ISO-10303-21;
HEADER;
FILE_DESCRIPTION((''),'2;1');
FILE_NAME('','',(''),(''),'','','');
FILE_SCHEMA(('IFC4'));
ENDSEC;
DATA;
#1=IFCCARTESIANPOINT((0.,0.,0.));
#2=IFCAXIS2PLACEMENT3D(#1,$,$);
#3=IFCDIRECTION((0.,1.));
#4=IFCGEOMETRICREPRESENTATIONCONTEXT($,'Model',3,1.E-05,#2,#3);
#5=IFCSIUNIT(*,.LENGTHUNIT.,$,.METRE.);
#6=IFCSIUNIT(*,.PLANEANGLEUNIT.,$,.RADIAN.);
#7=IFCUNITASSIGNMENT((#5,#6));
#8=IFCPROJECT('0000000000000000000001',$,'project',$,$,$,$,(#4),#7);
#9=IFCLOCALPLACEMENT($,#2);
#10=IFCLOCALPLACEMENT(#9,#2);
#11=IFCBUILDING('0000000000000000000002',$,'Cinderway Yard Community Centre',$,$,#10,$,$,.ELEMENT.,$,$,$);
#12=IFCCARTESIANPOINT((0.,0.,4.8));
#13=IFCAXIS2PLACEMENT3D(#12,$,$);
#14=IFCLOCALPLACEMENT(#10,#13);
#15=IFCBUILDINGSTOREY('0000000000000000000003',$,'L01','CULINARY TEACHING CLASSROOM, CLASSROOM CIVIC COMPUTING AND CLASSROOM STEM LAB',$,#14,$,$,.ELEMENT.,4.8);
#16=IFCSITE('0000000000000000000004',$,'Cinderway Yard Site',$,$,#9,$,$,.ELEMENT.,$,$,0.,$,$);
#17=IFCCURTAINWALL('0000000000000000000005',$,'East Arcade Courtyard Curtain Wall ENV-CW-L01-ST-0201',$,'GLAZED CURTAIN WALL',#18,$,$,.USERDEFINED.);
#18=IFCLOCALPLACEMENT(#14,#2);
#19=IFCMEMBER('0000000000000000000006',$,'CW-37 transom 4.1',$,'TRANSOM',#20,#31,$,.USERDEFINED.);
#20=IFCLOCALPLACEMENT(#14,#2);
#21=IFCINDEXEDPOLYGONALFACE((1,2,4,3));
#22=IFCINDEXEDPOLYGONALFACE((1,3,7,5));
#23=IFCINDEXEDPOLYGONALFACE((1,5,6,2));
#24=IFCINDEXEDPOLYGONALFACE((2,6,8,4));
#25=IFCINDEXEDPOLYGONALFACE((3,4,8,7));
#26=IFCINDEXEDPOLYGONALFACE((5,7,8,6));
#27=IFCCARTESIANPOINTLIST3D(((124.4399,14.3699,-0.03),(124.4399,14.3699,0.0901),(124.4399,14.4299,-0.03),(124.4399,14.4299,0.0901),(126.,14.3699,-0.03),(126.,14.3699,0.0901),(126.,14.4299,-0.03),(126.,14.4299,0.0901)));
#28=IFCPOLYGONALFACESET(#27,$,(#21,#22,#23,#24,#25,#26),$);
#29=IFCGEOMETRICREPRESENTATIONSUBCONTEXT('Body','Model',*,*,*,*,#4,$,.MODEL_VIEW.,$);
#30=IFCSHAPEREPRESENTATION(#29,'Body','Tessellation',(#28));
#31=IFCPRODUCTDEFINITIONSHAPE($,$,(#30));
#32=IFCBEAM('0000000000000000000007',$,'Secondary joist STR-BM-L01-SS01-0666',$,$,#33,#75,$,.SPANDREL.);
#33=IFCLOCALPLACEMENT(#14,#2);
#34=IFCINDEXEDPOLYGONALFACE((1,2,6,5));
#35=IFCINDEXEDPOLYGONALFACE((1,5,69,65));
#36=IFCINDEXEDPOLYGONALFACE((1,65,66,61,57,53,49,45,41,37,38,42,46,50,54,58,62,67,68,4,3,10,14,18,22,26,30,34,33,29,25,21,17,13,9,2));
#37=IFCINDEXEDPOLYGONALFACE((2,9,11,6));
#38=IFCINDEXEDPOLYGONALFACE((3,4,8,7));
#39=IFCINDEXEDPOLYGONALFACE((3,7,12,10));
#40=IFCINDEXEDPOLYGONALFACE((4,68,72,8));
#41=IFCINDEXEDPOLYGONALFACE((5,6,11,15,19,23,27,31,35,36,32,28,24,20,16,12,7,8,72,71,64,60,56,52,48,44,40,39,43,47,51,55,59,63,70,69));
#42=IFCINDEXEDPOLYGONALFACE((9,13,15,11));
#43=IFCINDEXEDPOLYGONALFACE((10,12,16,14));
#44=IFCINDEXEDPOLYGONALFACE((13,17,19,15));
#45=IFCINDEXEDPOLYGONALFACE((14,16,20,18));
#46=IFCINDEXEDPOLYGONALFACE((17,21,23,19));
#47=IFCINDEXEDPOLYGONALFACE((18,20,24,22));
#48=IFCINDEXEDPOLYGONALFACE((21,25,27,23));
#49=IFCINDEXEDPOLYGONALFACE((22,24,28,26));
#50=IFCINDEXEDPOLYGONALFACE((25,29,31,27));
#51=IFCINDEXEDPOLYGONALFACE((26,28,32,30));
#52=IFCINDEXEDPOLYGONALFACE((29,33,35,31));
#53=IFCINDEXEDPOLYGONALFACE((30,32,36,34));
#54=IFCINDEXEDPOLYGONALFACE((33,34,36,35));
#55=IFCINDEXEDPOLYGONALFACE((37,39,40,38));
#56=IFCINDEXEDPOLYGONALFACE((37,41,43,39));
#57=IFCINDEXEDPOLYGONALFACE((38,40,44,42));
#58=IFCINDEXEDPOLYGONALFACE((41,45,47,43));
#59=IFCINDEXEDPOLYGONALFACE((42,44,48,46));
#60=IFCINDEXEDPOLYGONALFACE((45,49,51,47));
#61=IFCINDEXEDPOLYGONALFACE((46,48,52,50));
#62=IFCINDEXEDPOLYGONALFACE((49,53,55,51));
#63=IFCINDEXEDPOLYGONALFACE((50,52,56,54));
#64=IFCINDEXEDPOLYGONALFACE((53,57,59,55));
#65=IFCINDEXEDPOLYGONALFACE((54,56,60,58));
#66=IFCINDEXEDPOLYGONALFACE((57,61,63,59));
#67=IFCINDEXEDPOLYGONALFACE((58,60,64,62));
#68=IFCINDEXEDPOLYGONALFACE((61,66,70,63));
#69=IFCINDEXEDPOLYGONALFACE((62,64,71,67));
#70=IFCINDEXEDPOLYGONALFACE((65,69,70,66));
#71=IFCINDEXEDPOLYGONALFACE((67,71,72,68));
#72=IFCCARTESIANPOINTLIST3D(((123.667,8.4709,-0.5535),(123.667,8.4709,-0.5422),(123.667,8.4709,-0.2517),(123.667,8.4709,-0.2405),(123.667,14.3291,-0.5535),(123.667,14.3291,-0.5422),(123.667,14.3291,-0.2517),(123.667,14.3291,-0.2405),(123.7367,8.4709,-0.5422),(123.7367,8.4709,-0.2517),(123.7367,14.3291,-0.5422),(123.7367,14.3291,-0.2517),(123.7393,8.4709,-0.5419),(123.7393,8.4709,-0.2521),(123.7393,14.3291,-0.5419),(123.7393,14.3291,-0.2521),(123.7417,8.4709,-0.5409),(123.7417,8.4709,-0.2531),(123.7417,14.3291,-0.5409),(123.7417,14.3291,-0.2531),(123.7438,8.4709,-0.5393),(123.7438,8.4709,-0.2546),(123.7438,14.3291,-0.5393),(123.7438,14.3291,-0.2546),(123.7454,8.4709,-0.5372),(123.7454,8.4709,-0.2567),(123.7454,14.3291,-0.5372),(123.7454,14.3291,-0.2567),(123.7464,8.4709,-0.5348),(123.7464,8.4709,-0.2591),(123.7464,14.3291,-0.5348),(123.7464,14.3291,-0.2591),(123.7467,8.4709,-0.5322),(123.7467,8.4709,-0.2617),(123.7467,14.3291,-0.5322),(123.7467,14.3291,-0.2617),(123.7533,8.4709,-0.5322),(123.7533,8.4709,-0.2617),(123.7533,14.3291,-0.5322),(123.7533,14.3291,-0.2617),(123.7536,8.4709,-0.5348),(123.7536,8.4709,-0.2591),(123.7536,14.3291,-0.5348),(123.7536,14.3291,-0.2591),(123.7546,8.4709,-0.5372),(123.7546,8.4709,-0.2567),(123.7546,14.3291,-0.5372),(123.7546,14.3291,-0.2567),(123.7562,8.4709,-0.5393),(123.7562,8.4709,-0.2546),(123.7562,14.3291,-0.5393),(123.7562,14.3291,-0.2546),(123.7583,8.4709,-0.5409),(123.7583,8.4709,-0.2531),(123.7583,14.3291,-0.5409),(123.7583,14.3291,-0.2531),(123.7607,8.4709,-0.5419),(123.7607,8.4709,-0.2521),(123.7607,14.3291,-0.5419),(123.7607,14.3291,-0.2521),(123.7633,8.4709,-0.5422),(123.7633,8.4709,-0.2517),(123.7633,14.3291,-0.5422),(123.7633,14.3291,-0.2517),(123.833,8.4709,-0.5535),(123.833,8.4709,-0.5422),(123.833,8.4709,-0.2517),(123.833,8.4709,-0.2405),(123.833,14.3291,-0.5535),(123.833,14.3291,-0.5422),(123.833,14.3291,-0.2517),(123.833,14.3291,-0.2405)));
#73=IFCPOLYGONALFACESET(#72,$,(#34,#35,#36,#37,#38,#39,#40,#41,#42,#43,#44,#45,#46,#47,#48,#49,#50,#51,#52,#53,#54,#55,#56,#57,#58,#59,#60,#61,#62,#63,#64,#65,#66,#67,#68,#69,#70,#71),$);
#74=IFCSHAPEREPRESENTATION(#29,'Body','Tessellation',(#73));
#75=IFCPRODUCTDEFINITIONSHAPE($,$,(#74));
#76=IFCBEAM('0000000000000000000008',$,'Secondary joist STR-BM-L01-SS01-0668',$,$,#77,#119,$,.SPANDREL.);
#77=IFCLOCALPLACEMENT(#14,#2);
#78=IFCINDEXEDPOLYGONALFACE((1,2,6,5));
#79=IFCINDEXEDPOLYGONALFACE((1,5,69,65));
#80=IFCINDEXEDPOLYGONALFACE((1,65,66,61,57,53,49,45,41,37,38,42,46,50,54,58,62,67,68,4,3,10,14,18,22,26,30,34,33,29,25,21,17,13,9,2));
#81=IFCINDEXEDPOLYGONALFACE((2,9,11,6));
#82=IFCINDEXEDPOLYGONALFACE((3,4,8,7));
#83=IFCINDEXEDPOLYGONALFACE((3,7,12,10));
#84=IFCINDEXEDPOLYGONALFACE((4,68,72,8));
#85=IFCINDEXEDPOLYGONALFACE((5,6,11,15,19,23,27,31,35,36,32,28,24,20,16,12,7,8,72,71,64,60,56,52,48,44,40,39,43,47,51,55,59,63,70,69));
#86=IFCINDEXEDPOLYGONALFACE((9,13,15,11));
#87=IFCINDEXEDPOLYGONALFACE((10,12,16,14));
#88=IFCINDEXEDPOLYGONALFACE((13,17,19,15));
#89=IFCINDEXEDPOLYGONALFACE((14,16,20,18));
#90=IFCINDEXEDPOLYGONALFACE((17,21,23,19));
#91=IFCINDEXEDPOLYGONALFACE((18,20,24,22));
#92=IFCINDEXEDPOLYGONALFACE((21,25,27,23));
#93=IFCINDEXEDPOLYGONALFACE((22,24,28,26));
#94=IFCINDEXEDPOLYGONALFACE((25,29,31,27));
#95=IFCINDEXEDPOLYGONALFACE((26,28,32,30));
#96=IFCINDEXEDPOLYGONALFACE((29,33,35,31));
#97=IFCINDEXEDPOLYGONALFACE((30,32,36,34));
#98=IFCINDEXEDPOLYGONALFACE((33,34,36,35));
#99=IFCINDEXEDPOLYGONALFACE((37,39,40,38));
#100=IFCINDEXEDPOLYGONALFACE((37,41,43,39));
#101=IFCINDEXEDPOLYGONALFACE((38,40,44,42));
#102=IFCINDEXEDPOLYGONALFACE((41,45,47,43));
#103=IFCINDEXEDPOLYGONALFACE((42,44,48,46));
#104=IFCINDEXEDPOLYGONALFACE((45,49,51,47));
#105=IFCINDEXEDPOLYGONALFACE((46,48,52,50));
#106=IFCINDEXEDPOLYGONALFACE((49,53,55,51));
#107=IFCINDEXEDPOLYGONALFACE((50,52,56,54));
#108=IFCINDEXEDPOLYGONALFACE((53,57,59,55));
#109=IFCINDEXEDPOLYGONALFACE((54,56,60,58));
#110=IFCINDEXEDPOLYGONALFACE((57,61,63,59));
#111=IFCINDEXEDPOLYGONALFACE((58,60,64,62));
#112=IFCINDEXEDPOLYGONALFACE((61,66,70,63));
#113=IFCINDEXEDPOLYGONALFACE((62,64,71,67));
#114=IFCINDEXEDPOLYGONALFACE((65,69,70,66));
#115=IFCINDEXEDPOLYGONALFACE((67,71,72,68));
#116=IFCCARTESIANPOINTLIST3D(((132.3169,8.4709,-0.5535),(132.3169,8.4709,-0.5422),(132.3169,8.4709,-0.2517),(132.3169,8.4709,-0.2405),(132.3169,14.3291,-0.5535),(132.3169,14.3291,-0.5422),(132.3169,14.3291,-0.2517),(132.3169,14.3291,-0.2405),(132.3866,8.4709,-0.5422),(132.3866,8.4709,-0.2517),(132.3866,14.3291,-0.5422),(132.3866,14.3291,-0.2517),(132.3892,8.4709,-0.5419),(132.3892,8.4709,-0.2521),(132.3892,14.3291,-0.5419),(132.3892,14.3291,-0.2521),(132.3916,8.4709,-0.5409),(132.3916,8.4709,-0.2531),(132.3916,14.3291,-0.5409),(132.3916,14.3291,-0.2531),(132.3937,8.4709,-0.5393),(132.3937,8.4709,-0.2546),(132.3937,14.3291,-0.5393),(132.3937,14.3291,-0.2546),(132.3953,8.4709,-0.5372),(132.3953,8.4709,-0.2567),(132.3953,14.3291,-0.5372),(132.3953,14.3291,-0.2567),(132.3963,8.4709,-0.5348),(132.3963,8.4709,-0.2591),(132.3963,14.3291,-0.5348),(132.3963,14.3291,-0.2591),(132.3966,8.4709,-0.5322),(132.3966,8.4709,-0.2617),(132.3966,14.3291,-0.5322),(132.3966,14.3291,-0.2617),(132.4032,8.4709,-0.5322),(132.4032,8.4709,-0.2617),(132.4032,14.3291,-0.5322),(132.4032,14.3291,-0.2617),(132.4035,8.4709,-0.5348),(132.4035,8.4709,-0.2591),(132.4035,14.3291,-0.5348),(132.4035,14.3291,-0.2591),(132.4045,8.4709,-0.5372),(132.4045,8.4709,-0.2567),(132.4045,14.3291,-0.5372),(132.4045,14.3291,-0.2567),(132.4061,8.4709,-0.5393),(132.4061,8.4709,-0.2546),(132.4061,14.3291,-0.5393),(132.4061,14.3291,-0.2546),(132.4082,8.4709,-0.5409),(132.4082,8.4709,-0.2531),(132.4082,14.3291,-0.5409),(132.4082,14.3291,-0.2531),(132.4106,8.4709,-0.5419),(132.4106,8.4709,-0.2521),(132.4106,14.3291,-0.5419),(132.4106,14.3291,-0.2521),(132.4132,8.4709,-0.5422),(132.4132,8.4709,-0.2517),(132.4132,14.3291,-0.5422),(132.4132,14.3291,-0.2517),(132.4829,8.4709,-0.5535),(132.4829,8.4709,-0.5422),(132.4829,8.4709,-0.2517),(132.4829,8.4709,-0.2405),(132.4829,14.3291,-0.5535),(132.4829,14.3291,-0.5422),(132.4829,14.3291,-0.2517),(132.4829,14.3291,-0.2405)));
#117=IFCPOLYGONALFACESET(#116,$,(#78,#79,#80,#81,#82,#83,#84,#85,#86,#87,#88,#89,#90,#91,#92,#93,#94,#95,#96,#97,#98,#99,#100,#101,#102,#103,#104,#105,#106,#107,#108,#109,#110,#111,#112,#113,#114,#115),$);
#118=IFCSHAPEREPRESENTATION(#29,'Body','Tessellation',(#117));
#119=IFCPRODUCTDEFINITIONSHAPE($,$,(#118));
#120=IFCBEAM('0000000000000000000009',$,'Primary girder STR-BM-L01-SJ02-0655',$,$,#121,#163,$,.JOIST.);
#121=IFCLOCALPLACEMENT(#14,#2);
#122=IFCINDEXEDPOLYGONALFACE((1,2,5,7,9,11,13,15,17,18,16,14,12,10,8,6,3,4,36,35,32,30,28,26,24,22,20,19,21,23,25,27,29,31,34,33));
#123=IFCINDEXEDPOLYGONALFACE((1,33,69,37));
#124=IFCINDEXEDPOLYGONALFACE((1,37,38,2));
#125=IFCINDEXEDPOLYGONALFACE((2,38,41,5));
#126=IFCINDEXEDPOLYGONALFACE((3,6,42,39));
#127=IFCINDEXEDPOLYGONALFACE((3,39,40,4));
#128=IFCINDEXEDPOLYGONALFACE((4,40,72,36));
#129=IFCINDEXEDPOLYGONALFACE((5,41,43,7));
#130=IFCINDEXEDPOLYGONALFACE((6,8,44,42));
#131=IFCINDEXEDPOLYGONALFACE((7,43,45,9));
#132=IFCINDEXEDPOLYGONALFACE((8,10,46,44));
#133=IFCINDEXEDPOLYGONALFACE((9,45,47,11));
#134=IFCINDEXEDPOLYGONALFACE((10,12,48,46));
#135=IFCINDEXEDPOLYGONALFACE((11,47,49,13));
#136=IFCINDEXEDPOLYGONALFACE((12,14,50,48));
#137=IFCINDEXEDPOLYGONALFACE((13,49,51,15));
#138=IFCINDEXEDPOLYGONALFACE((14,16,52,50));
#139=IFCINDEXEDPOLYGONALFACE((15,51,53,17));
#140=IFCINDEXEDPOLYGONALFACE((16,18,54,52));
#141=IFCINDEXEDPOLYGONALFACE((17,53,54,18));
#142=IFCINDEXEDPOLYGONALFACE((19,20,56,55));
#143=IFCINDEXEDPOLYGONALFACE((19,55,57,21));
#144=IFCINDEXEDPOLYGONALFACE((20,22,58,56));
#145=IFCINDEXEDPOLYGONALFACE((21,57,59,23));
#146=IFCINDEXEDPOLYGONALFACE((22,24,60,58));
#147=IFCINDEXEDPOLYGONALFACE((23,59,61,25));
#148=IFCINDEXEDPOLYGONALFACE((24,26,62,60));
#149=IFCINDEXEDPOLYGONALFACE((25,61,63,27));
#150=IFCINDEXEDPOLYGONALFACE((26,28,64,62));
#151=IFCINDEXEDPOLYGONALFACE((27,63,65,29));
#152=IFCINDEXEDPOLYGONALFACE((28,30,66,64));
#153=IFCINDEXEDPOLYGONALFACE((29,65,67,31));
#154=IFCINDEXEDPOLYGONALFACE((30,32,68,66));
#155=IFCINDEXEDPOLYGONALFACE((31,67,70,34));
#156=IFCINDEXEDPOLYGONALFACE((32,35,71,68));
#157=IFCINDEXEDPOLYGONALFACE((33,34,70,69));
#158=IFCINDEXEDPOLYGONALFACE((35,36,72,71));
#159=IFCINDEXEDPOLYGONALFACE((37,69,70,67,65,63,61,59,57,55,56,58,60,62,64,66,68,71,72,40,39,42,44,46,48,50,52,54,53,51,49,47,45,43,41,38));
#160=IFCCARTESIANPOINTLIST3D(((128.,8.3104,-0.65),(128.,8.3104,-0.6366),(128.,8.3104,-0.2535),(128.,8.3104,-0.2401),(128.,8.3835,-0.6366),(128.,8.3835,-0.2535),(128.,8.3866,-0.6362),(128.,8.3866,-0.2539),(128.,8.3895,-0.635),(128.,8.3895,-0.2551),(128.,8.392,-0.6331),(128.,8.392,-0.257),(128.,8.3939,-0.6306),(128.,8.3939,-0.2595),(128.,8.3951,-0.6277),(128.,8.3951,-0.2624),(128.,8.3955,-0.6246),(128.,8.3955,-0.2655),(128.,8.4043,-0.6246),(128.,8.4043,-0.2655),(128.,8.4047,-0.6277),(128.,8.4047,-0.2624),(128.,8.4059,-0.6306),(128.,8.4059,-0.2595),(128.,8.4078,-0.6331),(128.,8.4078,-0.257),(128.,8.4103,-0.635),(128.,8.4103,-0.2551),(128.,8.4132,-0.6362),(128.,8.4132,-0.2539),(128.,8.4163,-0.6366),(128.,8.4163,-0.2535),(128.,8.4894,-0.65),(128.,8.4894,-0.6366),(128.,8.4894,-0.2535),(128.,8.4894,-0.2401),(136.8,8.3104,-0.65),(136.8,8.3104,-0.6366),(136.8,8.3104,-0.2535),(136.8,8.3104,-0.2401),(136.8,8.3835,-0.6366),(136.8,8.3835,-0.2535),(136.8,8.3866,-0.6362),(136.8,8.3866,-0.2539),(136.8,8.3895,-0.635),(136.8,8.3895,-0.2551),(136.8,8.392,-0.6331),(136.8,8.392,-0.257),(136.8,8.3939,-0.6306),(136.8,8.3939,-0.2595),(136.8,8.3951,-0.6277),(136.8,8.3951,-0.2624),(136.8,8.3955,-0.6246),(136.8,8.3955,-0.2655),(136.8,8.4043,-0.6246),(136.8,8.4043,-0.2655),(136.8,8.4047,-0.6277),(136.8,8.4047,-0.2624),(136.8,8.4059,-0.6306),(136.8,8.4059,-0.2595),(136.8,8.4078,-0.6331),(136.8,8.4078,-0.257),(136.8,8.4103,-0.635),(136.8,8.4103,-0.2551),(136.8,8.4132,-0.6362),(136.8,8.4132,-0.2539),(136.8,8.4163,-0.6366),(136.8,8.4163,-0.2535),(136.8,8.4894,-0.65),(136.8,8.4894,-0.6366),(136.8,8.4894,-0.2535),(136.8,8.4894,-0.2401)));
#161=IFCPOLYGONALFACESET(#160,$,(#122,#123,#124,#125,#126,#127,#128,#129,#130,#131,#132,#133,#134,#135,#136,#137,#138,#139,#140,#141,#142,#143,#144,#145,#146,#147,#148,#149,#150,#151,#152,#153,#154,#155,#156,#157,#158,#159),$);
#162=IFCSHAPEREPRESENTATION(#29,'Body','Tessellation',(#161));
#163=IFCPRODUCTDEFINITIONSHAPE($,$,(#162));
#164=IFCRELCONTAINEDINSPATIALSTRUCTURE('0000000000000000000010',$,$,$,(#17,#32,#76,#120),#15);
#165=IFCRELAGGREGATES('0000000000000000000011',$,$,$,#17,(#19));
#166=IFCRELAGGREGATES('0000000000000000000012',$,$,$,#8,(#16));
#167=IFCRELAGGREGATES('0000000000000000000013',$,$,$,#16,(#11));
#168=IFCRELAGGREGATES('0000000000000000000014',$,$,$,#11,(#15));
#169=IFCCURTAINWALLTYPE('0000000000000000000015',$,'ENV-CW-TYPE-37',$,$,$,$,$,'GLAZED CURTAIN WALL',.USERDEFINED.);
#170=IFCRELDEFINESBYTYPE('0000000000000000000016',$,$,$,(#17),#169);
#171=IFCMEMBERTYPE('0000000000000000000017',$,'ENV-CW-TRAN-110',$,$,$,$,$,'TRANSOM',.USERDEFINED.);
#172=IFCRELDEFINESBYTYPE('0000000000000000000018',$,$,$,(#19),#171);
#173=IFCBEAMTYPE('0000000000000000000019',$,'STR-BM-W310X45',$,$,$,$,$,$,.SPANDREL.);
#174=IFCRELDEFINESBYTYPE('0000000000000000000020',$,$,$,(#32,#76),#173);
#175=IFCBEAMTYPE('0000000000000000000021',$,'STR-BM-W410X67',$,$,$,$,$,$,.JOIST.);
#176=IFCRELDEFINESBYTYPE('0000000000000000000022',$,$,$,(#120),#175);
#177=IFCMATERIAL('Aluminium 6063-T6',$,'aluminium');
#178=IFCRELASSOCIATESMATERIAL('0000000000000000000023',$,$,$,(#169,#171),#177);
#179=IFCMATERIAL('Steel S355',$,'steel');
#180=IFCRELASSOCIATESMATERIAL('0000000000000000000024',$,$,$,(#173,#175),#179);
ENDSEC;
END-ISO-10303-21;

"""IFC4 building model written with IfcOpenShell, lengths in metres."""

from ifc_helpers import new_model, si_unit, direction, frame, origin, origin_2d, place, context, subcontext, project, spatial, rectangle, i_section, extrude, material, material_profile, profile_set, type_object, element, aggregate, save


model = new_model("IFC4")

# Units and contexts
model_context = context("Model", 3, precision=1e-05, world=origin(), true_north=direction((0.0, 1.0)))
body_context = subcontext(model_context, "Body", "Model", "MODEL_VIEW")
ifc_project = project(units=[si_unit("LENGTHUNIT", "METRE"), si_unit("PLANEANGLEUNIT", "RADIAN")], contexts=[model_context])

# Site, building, storey
site_placement = place(None, origin())
site = spatial("IfcSite", under=ifc_project, at=site_placement, Name="Cinderway Yard Site", CompositionType="ELEMENT", RefElevation=0.0)
building_placement = place(site_placement, origin())
building = spatial("IfcBuilding", under=site, at=building_placement, Name="Cinderway Yard Community Centre", CompositionType="ELEMENT")
storey_placement = place(building_placement, frame((0.0, 0.0, 4.8)))
storey = spatial("IfcBuildingStorey", under=building, at=storey_placement, Name="L01", Description="CULINARY TEACHING CLASSROOM, CLASSROOM CIVIC COMPUTING AND CLASSROOM STEM LAB", CompositionType="ELEMENT", Elevation=4.8)

# Curtain wall, member
ifc_material_1 = material(Name="Aluminium 6063-T6", Category="aluminium")
curtain_wall_type = type_object("IfcCurtainWallType", Name="ENV-CW-TYPE-37", ElementType="GLAZED CURTAIN WALL", PredefinedType="USERDEFINED", material=ifc_material_1)
curtain_wall_placement = place(storey_placement, origin())
curtain_wall = element("IfcCurtainWall", 1, at=curtain_wall_placement, inside=storey, type_object=curtain_wall_type, Name="East Arcade Courtyard Curtain Wall ENV-CW-L01-ST-0201", ObjectType="GLAZED CURTAIN WALL", PredefinedType="USERDEFINED")
ifc_material_profile_1 = material_profile(ifc_material_1, rectangle(XDim=0.0601, YDim=0.1201, at=origin_2d()), Name="Aluminium 6063-T6")
ifc_profile_set_1 = profile_set([ifc_material_profile_1], Name="Aluminium 6063-T6")
member_type_1 = type_object("IfcMemberType", Name="ENV-CW-TRAN-110", ElementType="TRANSOM", PredefinedType="USERDEFINED", material=ifc_profile_set_1)
member_1_placement = place(storey_placement, frame((124.4399, 14.3999, 0.03), z_axis=(1.0, 0.0, 0.0), x_axis=(0.0, 1.0, 0.0)))
member_1 = element("IfcMember", 2, at=member_1_placement, type_object=member_type_1, Name="CW-37 transom 4.1", ObjectType="TRANSOM", PredefinedType="USERDEFINED", context=body_context, shape_type="SweptSolid", body=[
    extrude(rectangle(XDim=0.0601, YDim=0.1201, at=origin_2d()), origin(), (0.0, 0.0, 1.0), 1.5601),
])

# Beams
ifc_material_2 = material(Name="Steel S355", Category="steel")
ifc_material_profile_2 = material_profile(ifc_material_2, i_section(OverallWidth=0.166, OverallDepth=0.313, WebThickness=0.0066, FlangeThickness=0.0112, FilletRadius=0.01, at=origin_2d()), Name="Steel S355")
ifc_profile_set_2 = profile_set([ifc_material_profile_2], Name="Steel S355")
beam_type_1 = type_object("IfcBeamType", Name="STR-BM-W310X45", PredefinedType="SPANDREL", material=ifc_profile_set_2)
for number, where, z_axis, x_axis, name in (
    (3, (123.75, 8.4709, -0.397), (0.0, 1.0, 0.0), (-1.0, 0.0, 0.0), "Secondary joist STR-BM-L01-SS01-0666"),
    (4, (132.3999, 8.4709, -0.397), (0.0, 1.0, 0.0), (-1.0, 0.0, 0.0), "Secondary joist STR-BM-L01-SS01-0668"),
):
    element("IfcBeam", number, at=place(storey_placement, frame(where, z_axis=z_axis, x_axis=x_axis)), inside=storey, type_object=beam_type_1, Name=name, PredefinedType="SPANDREL", context=body_context, shape_type="SweptSolid", body=[
        extrude(i_section(OverallWidth=0.166, OverallDepth=0.313, WebThickness=0.0066, FlangeThickness=0.0112, FilletRadius=0.01, at=origin_2d()), origin(), (0.0, 0.0, 1.0), 5.8582),
    ])
ifc_material_profile_3 = material_profile(ifc_material_2, i_section(OverallWidth=0.179, OverallDepth=0.4099, WebThickness=0.0088, FlangeThickness=0.0134, FilletRadius=0.012, at=origin_2d()), Name="Steel S355")
ifc_profile_set_3 = profile_set([ifc_material_profile_3], Name="Steel S355")
beam_type_2 = type_object("IfcBeamType", Name="STR-BM-W410X67", PredefinedType="JOIST", material=ifc_profile_set_3)
beam_placement = place(storey_placement, frame((128.0, 8.3999, -0.4451), z_axis=(1.0, 0.0, 0.0), x_axis=(0.0, 1.0, 0.0)))
element("IfcBeam", 5, at=beam_placement, inside=storey, type_object=beam_type_2, Name="Primary girder STR-BM-L01-SJ02-0655", PredefinedType="JOIST", context=body_context, shape_type="SweptSolid", body=[
    extrude(i_section(OverallWidth=0.179, OverallDepth=0.4099, WebThickness=0.0088, FlangeThickness=0.0134, FilletRadius=0.012, at=origin_2d()), origin(), (0.0, 0.0, 1.0), 8.8),
])

aggregate(curtain_wall, [member_1])

save(model, "model.ifc")
